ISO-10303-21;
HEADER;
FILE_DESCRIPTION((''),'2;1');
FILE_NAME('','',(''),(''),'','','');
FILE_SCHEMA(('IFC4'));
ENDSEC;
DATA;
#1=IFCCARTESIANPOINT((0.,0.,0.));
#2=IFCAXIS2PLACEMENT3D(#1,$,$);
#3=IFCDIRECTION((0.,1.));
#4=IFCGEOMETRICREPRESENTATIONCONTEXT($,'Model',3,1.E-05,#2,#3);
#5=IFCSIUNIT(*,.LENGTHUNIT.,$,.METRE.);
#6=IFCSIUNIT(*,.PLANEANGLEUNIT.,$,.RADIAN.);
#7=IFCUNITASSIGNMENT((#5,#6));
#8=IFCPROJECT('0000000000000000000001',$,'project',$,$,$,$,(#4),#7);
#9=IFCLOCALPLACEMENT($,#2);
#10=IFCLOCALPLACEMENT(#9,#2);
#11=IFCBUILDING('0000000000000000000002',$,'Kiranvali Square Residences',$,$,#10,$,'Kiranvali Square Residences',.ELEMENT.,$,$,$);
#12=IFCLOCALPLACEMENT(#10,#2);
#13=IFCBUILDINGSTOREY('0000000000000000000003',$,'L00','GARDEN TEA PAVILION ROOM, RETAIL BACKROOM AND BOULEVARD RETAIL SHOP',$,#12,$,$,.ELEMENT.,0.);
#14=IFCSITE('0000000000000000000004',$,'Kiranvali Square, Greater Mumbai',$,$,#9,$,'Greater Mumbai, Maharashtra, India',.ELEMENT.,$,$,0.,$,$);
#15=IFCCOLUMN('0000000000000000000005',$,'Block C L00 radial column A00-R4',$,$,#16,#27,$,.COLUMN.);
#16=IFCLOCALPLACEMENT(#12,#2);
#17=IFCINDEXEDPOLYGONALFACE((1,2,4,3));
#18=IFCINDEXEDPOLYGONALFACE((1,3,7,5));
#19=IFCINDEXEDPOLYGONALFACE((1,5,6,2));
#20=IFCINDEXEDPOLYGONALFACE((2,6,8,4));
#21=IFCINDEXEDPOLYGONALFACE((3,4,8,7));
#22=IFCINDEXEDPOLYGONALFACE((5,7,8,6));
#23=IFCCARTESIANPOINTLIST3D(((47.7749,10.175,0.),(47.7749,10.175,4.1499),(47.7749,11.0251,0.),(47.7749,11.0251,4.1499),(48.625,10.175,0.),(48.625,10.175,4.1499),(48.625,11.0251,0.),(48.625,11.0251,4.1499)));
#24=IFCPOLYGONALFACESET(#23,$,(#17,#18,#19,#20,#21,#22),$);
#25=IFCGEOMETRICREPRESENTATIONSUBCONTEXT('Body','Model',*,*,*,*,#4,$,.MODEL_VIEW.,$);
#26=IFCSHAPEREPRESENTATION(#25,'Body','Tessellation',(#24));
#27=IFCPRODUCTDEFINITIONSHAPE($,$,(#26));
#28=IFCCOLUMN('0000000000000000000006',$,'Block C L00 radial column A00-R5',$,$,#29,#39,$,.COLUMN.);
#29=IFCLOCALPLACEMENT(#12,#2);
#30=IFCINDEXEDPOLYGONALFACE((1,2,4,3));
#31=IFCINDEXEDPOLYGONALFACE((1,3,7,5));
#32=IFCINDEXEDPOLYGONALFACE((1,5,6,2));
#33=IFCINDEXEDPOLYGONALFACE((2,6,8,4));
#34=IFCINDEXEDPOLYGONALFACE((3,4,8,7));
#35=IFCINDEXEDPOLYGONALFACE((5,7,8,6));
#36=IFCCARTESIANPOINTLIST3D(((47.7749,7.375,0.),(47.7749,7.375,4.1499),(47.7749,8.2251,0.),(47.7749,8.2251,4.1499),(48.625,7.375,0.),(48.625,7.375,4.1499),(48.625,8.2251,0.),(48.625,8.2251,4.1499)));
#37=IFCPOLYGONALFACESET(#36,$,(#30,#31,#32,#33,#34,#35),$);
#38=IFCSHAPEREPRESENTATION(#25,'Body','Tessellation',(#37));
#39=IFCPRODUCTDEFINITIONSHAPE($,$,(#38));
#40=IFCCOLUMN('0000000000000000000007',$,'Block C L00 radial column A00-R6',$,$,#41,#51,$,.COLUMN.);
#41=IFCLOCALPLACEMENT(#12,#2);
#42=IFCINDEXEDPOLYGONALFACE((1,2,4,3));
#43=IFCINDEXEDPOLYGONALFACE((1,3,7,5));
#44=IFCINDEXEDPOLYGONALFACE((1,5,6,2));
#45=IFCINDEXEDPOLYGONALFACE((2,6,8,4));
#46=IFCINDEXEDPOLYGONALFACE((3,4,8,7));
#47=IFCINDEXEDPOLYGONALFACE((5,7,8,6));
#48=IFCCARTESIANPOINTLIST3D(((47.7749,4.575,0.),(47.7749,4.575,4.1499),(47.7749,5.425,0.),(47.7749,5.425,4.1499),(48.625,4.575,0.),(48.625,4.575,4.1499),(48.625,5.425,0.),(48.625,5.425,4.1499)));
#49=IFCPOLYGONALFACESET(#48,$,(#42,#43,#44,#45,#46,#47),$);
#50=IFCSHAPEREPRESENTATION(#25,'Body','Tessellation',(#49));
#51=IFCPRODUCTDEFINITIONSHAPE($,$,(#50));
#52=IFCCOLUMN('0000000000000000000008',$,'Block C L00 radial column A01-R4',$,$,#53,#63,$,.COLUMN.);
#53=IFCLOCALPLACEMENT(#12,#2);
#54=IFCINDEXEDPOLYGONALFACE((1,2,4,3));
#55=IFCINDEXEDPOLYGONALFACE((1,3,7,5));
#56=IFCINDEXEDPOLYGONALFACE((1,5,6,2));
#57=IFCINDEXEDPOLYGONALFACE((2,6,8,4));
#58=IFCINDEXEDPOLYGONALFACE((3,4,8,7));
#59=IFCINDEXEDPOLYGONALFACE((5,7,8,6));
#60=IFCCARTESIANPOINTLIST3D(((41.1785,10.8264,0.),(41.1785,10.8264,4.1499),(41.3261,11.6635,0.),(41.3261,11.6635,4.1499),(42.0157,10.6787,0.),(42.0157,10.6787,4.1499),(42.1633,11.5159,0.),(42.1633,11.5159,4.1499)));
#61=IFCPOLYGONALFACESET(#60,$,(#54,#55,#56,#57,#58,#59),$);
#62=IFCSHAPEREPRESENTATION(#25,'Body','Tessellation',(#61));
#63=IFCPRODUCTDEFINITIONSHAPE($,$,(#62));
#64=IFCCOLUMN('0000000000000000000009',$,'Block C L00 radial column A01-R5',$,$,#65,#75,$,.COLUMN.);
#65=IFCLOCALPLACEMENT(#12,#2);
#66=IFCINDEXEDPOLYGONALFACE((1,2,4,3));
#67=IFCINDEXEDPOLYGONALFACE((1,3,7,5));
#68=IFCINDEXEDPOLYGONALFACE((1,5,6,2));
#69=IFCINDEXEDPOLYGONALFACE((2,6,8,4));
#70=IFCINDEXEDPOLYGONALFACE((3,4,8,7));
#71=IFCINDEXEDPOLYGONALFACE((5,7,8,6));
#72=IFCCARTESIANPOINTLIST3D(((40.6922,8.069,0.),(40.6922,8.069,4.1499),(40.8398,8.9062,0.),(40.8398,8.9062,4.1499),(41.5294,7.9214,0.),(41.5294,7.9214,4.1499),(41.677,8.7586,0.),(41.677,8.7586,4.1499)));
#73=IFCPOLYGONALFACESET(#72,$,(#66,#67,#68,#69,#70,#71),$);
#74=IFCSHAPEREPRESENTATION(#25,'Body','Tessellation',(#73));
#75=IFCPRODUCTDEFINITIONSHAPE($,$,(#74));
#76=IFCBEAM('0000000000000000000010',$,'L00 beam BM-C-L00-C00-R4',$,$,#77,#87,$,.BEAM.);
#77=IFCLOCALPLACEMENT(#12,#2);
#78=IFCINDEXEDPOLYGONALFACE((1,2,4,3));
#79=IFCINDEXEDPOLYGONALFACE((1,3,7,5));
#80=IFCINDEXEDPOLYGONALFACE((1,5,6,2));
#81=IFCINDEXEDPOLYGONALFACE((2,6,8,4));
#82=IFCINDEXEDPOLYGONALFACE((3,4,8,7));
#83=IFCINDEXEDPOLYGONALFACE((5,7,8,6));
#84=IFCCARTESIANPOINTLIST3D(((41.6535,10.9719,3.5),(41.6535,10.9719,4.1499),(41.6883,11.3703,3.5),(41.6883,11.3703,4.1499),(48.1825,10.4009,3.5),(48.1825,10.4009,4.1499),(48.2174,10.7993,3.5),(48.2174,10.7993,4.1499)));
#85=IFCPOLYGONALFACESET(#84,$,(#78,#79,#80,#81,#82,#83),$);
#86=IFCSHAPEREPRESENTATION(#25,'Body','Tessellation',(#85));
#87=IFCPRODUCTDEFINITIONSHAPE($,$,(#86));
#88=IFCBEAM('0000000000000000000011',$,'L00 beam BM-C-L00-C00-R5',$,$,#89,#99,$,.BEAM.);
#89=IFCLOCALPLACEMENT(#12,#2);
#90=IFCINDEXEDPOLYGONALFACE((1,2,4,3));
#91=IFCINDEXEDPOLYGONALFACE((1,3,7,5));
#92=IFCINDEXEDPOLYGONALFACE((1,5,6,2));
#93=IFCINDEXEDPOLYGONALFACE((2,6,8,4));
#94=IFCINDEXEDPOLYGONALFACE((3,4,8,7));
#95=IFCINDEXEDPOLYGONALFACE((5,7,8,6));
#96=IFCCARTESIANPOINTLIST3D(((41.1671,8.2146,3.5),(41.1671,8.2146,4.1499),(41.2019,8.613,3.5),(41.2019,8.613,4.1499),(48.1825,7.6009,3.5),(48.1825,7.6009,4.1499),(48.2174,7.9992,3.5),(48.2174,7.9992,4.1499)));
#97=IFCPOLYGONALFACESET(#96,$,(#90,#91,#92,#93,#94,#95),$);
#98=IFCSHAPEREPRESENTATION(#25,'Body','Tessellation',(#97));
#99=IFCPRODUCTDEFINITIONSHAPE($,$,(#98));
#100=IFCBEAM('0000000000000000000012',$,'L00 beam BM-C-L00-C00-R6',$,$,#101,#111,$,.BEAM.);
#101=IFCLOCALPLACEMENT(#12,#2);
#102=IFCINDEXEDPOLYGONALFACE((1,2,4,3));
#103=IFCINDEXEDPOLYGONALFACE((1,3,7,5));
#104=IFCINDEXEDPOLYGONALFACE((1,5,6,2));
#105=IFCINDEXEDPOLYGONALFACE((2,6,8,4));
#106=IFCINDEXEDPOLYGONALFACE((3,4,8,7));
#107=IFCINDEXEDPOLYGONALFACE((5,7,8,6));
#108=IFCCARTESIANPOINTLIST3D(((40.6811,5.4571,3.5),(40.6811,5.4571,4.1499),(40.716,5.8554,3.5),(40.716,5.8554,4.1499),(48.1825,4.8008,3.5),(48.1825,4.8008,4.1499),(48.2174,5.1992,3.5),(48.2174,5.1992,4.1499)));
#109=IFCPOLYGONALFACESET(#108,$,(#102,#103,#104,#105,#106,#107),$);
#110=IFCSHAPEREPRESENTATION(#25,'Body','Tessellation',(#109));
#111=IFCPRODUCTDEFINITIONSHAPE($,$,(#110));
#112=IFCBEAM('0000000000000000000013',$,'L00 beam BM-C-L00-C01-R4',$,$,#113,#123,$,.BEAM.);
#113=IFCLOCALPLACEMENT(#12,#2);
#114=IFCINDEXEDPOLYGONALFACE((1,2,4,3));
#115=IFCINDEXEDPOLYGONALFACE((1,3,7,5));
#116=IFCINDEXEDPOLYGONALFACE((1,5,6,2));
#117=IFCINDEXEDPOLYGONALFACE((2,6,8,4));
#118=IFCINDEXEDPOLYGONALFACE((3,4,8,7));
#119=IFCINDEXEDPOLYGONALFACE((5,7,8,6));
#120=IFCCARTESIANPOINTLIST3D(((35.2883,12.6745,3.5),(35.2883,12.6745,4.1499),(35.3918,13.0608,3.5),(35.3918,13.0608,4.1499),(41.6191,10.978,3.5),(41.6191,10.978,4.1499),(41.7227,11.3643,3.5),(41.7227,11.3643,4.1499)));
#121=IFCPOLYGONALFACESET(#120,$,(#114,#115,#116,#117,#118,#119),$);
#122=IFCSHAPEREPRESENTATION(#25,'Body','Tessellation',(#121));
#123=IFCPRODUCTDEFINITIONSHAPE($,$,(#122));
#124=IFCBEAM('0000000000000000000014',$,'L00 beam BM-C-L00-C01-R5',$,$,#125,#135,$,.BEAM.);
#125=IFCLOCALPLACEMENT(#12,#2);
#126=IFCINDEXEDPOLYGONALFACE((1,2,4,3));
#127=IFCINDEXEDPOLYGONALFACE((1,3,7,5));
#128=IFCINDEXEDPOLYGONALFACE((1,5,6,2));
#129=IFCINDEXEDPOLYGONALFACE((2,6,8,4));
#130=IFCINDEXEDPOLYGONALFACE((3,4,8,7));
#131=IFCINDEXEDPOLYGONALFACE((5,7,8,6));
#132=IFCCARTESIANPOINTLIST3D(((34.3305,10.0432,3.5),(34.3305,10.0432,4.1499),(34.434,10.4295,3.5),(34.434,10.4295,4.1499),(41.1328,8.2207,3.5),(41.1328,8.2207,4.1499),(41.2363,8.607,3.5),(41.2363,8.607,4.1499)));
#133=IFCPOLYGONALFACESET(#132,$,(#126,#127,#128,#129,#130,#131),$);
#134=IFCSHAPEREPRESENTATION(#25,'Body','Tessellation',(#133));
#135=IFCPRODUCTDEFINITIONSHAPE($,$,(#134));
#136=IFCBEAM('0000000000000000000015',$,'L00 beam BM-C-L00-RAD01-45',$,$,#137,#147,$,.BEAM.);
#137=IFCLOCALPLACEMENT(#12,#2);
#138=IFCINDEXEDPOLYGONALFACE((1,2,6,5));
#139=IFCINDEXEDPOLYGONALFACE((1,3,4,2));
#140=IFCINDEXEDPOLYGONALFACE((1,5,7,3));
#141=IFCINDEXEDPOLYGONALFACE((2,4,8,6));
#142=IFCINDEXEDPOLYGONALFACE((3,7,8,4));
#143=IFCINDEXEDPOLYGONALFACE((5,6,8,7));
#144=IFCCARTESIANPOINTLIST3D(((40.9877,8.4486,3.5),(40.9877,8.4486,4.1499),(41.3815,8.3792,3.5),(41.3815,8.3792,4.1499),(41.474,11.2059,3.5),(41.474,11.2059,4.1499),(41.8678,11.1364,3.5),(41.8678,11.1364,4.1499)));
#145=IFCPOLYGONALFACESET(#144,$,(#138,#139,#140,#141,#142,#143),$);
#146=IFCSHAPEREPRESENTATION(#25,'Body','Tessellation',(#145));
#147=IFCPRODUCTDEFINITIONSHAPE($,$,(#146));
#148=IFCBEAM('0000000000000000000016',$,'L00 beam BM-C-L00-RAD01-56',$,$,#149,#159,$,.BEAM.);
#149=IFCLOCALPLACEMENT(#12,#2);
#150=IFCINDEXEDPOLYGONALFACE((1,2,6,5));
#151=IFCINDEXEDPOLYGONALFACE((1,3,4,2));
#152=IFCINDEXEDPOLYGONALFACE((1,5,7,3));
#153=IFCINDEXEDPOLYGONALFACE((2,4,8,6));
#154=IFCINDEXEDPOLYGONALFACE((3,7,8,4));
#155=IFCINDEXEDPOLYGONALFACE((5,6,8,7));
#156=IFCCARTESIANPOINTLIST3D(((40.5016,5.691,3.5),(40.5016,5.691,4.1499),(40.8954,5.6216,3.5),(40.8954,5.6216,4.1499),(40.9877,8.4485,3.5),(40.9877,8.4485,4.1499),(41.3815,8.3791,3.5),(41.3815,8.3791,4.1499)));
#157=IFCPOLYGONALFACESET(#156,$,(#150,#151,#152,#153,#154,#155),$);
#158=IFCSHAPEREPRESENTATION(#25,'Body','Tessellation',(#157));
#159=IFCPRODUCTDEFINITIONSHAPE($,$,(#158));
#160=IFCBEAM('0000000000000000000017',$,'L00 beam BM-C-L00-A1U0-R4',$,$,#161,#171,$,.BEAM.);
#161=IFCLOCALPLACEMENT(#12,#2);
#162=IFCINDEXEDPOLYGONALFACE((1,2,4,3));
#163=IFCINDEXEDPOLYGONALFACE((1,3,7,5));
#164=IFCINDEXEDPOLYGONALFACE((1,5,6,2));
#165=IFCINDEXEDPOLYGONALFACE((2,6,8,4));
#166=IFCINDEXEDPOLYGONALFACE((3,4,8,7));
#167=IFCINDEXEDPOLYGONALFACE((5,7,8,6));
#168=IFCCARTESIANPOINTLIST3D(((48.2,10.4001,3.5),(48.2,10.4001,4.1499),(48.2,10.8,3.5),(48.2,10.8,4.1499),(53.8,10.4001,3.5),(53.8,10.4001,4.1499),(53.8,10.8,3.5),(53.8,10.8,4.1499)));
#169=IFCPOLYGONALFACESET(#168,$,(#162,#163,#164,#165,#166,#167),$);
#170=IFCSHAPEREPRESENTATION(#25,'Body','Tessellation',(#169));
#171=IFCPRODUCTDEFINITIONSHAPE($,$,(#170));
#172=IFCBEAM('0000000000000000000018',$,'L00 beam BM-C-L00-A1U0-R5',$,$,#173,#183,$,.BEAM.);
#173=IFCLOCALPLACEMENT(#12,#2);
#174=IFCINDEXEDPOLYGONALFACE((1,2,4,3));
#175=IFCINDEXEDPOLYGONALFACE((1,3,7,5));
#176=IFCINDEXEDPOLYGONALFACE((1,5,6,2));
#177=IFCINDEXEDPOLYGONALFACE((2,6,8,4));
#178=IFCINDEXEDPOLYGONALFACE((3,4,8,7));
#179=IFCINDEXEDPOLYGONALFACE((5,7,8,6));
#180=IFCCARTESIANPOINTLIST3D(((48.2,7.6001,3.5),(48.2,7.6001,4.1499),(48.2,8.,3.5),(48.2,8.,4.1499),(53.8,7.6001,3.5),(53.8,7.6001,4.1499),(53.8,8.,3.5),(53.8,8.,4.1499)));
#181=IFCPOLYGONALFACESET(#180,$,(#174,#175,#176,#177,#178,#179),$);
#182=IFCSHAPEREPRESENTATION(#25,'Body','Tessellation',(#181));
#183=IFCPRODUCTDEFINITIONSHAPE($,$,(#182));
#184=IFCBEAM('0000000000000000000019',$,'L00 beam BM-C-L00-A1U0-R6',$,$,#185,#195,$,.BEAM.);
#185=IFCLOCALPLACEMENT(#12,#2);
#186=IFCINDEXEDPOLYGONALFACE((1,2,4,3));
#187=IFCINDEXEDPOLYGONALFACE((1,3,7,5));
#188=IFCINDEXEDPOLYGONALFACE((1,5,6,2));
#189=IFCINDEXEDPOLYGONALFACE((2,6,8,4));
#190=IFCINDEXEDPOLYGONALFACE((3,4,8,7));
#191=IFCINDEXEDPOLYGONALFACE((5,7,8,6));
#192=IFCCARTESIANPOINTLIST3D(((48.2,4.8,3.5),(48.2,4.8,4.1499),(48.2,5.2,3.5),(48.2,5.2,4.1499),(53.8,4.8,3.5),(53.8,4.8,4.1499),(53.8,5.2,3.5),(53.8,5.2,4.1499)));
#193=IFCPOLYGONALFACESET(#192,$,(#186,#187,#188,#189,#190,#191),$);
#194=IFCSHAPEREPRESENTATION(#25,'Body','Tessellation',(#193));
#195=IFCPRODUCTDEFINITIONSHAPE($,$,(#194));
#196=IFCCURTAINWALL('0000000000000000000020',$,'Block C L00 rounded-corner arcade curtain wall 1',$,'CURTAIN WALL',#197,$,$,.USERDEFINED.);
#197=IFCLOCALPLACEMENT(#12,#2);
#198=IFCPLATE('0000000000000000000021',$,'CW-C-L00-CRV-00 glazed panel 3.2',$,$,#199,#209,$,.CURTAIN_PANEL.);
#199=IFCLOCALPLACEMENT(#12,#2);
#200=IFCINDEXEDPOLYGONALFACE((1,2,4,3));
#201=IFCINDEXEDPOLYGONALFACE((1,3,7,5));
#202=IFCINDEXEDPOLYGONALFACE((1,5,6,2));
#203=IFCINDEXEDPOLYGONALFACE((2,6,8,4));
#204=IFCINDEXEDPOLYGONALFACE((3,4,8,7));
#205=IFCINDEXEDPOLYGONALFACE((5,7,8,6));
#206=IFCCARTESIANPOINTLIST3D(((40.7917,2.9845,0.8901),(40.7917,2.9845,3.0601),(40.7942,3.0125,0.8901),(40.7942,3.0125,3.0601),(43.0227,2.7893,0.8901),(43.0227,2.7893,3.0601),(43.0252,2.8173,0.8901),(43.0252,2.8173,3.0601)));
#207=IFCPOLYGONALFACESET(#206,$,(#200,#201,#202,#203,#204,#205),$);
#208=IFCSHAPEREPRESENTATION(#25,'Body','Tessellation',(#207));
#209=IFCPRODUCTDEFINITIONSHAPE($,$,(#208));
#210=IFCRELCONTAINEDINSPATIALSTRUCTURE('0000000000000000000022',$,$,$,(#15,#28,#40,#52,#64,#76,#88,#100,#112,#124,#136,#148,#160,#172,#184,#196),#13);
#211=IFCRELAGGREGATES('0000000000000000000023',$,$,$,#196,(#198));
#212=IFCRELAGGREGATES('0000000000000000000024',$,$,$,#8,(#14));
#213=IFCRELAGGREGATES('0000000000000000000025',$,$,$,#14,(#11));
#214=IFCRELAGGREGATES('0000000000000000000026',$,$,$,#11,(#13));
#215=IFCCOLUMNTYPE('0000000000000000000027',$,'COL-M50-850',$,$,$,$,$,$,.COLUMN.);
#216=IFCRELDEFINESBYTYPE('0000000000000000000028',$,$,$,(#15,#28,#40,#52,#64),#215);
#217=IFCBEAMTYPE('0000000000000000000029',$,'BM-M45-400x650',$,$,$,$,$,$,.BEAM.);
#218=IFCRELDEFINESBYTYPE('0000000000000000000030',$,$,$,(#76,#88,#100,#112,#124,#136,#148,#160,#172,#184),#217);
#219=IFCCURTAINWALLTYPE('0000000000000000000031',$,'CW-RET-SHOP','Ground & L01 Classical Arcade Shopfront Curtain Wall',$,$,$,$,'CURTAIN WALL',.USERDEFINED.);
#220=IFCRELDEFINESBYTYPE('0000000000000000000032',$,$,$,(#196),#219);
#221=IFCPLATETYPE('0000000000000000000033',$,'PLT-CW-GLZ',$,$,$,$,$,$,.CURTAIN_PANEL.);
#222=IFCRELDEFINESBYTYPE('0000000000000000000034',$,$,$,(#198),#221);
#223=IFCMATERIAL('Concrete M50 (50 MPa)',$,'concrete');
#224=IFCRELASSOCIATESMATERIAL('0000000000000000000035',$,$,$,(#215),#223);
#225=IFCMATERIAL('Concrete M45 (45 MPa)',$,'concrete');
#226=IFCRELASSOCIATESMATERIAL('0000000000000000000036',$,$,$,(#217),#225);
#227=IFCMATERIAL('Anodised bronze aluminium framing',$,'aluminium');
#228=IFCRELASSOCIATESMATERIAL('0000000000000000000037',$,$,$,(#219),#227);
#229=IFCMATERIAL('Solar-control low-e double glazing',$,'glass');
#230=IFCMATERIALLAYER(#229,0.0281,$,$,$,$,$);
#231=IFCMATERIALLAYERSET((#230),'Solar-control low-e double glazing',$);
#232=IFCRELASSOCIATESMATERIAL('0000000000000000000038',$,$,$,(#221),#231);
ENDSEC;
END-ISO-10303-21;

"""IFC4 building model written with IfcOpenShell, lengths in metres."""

from ifc_helpers import new_model, si_unit, direction, frame, origin, origin_2d, place, context, subcontext, project, spatial, rectangle, extrude, material, layer, layer_set, material_profile, profile_set, type_object, element, aggregate, save


model = new_model("IFC4")

# Units and contexts
model_context = context("Model", 3, precision=1e-05, world=origin(), true_north=direction((0.0, 1.0)))
body_context = subcontext(model_context, "Body", "Model", "MODEL_VIEW")
ifc_project = project(units=[si_unit("LENGTHUNIT", "METRE"), si_unit("PLANEANGLEUNIT", "RADIAN")], contexts=[model_context])

# Site, building, storey
site_placement = place(None, origin())
site = spatial("IfcSite", under=ifc_project, at=site_placement, Name="Kiranvali Square, Greater Mumbai", LongName="Greater Mumbai, Maharashtra, India", CompositionType="ELEMENT", RefElevation=0.0)
building_placement = place(site_placement, origin())
building = spatial("IfcBuilding", under=site, at=building_placement, Name="Kiranvali Square Residences", LongName="Kiranvali Square Residences", CompositionType="ELEMENT")
storey_placement = place(building_placement, origin())
storey = spatial("IfcBuildingStorey", under=building, at=storey_placement, Name="L00", Description="GARDEN TEA PAVILION ROOM, RETAIL BACKROOM AND BOULEVARD RETAIL SHOP", CompositionType="ELEMENT", Elevation=0.0)

# Columns
ifc_material_1 = material(Name="Concrete M50 (50 MPa)", Category="concrete")
ifc_material_profile_1 = material_profile(ifc_material_1, rectangle(XDim=0.8501, YDim=0.8501, at=origin_2d()), Name="RC 850x850")
ifc_profile_set_1 = profile_set([ifc_material_profile_1], Name="Concrete M50 (50 MPa)")
column_type = type_object("IfcColumnType", Name="COL-M50-850", PredefinedType="COLUMN", material=ifc_profile_set_1)
for number, where, z_axis, x_axis, name in (
    (1, (48.2, 10.6001, 0.0), (0.0, 0.0, 1.0), (1.0, 0.0, 0.0), "Block C L00 radial column A00-R4"),
    (2, (48.2, 7.8, 0.0), (0.0, 0.0, 1.0), (1.0, 0.0, 0.0), "Block C L00 radial column A00-R5"),
    (3, (48.2, 5.0, 0.0), (0.0, 0.0, 1.0), (1.0, 0.0, 0.0), "Block C L00 radial column A00-R6"),
    (4, (41.6709, 11.1711, 0.0), (0.0, 0.0, 1.0), (-0.984808, 0.173648, 0.0), "Block C L00 radial column A01-R4"),
    (5, (41.1846, 8.4138, 0.0), (0.0, 0.0, 1.0), (-0.984808, 0.173648, 0.0), "Block C L00 radial column A01-R5"),
):
    element("IfcColumn", number, at=place(storey_placement, frame(where, z_axis=z_axis, x_axis=x_axis)), inside=storey, type_object=column_type, Name=name, PredefinedType="COLUMN", context=body_context, shape_type="SweptSolid", body=[
        extrude(rectangle(XDim=0.8501, YDim=0.8501, at=origin_2d()), origin(), (0.0, 0.0, 1.0), 4.1499),
    ])

# Beams
ifc_material_2 = material(Name="Concrete M45 (45 MPa)", Category="concrete")
ifc_material_profile_2 = material_profile(ifc_material_2, rectangle(XDim=0.3999, YDim=0.6499, at=origin_2d()), Name="RC 400x650")
ifc_profile_set_2 = profile_set([ifc_material_profile_2], Name="Concrete M45 (45 MPa)")
beam_type = type_object("IfcBeamType", Name="BM-M45-400x650", PredefinedType="BEAM", material=ifc_profile_set_2)
beam_1_placement = place(storey_placement, frame((48.2, 10.6001, 3.825), z_axis=(-0.996197, 0.08713, 0.0), x_axis=(-0.08713, -0.996197, 0.0)))
element("IfcBeam", 6, at=beam_1_placement, inside=storey, type_object=beam_type, Name="L00 beam BM-C-L00-C00-R4", PredefinedType="BEAM", context=body_context, shape_type="SweptSolid", body=[
    extrude(rectangle(XDim=0.3999, YDim=0.6499, at=origin_2d()), origin(), (0.0, 0.0, 1.0), 6.554),
])
beam_2_placement = place(storey_placement, frame((48.2, 7.8, 3.825), z_axis=(-0.996195, 0.087156, 0.0), x_axis=(-0.087156, -0.996195, 0.0)))
element("IfcBeam", 7, at=beam_2_placement, inside=storey, type_object=beam_type, Name="L00 beam BM-C-L00-C00-R5", PredefinedType="BEAM", context=body_context, shape_type="SweptSolid", body=[
    extrude(rectangle(XDim=0.3999, YDim=0.6499, at=origin_2d()), origin(), (0.0, 0.0, 1.0), 7.0422),
])
beam_3_placement = place(storey_placement, frame((48.2, 5.0, 3.825), z_axis=(-0.996195, 0.08715, 0.0), x_axis=(-0.08715, -0.996195, 0.0)))
element("IfcBeam", 8, at=beam_3_placement, inside=storey, type_object=beam_type, Name="L00 beam BM-C-L00-C00-R6", PredefinedType="BEAM", context=body_context, shape_type="SweptSolid", body=[
    extrude(rectangle(XDim=0.3999, YDim=0.6499, at=origin_2d()), origin(), (0.0, 0.0, 1.0), 7.53),
])
beam_4_placement = place(storey_placement, frame((41.6709, 11.1711, 3.825), z_axis=(-0.965918, 0.258847, 0.0), x_axis=(-0.258847, -0.965918, 0.0)))
element("IfcBeam", 9, at=beam_4_placement, inside=storey, type_object=beam_type, Name="L00 beam BM-C-L00-C01-R4", PredefinedType="BEAM", context=body_context, shape_type="SweptSolid", body=[
    extrude(rectangle(XDim=0.3999, YDim=0.6499, at=origin_2d()), origin(), (0.0, 0.0, 1.0), 6.5542),
])
beam_5_placement = place(storey_placement, frame((41.1846, 8.4138, 3.825), z_axis=(-0.965931, 0.2588, 0.0), x_axis=(-0.2588, -0.965931, 0.0)))
element("IfcBeam", 10, at=beam_5_placement, inside=storey, type_object=beam_type, Name="L00 beam BM-C-L00-C01-R5", PredefinedType="BEAM", context=body_context, shape_type="SweptSolid", body=[
    extrude(rectangle(XDim=0.3999, YDim=0.6499, at=origin_2d()), origin(), (0.0, 0.0, 1.0), 7.0422),
])
beam_6_placement = place(storey_placement, frame((41.6709, 11.1711, 3.825), z_axis=(-0.173696, -0.984799, 0.0), x_axis=(0.984799, -0.173696, 0.0)))
element("IfcBeam", 11, at=beam_6_placement, inside=storey, type_object=beam_type, Name="L00 beam BM-C-L00-RAD01-45", PredefinedType="BEAM", context=body_context, shape_type="SweptSolid", body=[
    extrude(rectangle(XDim=0.3999, YDim=0.6499, at=origin_2d()), origin(), (0.0, 0.0, 1.0), 2.7998),
])
beam_7_placement = place(storey_placement, frame((41.1846, 8.4138, 3.825), z_axis=(-0.173596, -0.984817, 0.0), x_axis=(0.984817, -0.173596, 0.0)))
element("IfcBeam", 12, at=beam_7_placement, inside=storey, type_object=beam_type, Name="L00 beam BM-C-L00-RAD01-56", PredefinedType="BEAM", context=body_context, shape_type="SweptSolid", body=[
    extrude(rectangle(XDim=0.3999, YDim=0.6499, at=origin_2d()), origin(), (0.0, 0.0, 1.0), 2.8),
])
for number, where, z_axis, x_axis, name in (
    (13, (48.2, 10.6001, 3.825), (1.0, 0.0, 0.0), (0.0, 1.0, 0.0), "L00 beam BM-C-L00-A1U0-R4"),
    (14, (48.2, 7.8, 3.825), (1.0, 0.0, 0.0), (0.0, 1.0, 0.0), "L00 beam BM-C-L00-A1U0-R5"),
    (15, (48.2, 5.0, 3.825), (1.0, 0.0, 0.0), (0.0, 1.0, 0.0), "L00 beam BM-C-L00-A1U0-R6"),
):
    element("IfcBeam", number, at=place(storey_placement, frame(where, z_axis=z_axis, x_axis=x_axis)), inside=storey, type_object=beam_type, Name=name, PredefinedType="BEAM", context=body_context, shape_type="SweptSolid", body=[
        extrude(rectangle(XDim=0.3999, YDim=0.6499, at=origin_2d()), origin(), (0.0, 0.0, 1.0), 5.6001),
    ])

# Curtain wall, plate
ifc_material_3 = material(Name="Anodised bronze aluminium framing", Category="aluminium")
curtain_wall_type = type_object("IfcCurtainWallType", Name="CW-RET-SHOP", Description="Ground & L01 Classical Arcade Shopfront Curtain Wall", ElementType="CURTAIN WALL", PredefinedType="USERDEFINED", material=ifc_material_3)
curtain_wall_placement = place(storey_placement, origin())
curtain_wall = element("IfcCurtainWall", 16, at=curtain_wall_placement, inside=storey, type_object=curtain_wall_type, Name="Block C L00 rounded-corner arcade curtain wall 1", ObjectType="CURTAIN WALL", PredefinedType="USERDEFINED")
ifc_material_4 = material(Name="Solar-control low-e double glazing", Category="glass")
ifc_layer = layer(ifc_material_4, 0.0281)
ifc_layer_set = layer_set([ifc_layer], Name="Solar-control low-e double glazing")
plate_type = type_object("IfcPlateType", Name="PLT-CW-GLZ", PredefinedType="CURTAIN_PANEL", material=ifc_layer_set)
plate_1_placement = place(storey_placement, frame((41.9084, 2.9009, 0.8901), z_axis=(0.0, 0.0, 1.0), x_axis=(-0.996195, 0.087156, 0.0)))
plate_1 = element("IfcPlate", 17, at=plate_1_placement, type_object=plate_type, Name="CW-C-L00-CRV-00 glazed panel 3.2", PredefinedType="CURTAIN_PANEL", context=body_context, shape_type="SweptSolid", body=[
    extrude(rectangle(XDim=2.2395, YDim=0.0281, at=origin_2d()), origin(), (0.0, 0.0, 1.0), 2.1699),
])
aggregate(curtain_wall, [plate_1])

save(model, "model.ifc")
